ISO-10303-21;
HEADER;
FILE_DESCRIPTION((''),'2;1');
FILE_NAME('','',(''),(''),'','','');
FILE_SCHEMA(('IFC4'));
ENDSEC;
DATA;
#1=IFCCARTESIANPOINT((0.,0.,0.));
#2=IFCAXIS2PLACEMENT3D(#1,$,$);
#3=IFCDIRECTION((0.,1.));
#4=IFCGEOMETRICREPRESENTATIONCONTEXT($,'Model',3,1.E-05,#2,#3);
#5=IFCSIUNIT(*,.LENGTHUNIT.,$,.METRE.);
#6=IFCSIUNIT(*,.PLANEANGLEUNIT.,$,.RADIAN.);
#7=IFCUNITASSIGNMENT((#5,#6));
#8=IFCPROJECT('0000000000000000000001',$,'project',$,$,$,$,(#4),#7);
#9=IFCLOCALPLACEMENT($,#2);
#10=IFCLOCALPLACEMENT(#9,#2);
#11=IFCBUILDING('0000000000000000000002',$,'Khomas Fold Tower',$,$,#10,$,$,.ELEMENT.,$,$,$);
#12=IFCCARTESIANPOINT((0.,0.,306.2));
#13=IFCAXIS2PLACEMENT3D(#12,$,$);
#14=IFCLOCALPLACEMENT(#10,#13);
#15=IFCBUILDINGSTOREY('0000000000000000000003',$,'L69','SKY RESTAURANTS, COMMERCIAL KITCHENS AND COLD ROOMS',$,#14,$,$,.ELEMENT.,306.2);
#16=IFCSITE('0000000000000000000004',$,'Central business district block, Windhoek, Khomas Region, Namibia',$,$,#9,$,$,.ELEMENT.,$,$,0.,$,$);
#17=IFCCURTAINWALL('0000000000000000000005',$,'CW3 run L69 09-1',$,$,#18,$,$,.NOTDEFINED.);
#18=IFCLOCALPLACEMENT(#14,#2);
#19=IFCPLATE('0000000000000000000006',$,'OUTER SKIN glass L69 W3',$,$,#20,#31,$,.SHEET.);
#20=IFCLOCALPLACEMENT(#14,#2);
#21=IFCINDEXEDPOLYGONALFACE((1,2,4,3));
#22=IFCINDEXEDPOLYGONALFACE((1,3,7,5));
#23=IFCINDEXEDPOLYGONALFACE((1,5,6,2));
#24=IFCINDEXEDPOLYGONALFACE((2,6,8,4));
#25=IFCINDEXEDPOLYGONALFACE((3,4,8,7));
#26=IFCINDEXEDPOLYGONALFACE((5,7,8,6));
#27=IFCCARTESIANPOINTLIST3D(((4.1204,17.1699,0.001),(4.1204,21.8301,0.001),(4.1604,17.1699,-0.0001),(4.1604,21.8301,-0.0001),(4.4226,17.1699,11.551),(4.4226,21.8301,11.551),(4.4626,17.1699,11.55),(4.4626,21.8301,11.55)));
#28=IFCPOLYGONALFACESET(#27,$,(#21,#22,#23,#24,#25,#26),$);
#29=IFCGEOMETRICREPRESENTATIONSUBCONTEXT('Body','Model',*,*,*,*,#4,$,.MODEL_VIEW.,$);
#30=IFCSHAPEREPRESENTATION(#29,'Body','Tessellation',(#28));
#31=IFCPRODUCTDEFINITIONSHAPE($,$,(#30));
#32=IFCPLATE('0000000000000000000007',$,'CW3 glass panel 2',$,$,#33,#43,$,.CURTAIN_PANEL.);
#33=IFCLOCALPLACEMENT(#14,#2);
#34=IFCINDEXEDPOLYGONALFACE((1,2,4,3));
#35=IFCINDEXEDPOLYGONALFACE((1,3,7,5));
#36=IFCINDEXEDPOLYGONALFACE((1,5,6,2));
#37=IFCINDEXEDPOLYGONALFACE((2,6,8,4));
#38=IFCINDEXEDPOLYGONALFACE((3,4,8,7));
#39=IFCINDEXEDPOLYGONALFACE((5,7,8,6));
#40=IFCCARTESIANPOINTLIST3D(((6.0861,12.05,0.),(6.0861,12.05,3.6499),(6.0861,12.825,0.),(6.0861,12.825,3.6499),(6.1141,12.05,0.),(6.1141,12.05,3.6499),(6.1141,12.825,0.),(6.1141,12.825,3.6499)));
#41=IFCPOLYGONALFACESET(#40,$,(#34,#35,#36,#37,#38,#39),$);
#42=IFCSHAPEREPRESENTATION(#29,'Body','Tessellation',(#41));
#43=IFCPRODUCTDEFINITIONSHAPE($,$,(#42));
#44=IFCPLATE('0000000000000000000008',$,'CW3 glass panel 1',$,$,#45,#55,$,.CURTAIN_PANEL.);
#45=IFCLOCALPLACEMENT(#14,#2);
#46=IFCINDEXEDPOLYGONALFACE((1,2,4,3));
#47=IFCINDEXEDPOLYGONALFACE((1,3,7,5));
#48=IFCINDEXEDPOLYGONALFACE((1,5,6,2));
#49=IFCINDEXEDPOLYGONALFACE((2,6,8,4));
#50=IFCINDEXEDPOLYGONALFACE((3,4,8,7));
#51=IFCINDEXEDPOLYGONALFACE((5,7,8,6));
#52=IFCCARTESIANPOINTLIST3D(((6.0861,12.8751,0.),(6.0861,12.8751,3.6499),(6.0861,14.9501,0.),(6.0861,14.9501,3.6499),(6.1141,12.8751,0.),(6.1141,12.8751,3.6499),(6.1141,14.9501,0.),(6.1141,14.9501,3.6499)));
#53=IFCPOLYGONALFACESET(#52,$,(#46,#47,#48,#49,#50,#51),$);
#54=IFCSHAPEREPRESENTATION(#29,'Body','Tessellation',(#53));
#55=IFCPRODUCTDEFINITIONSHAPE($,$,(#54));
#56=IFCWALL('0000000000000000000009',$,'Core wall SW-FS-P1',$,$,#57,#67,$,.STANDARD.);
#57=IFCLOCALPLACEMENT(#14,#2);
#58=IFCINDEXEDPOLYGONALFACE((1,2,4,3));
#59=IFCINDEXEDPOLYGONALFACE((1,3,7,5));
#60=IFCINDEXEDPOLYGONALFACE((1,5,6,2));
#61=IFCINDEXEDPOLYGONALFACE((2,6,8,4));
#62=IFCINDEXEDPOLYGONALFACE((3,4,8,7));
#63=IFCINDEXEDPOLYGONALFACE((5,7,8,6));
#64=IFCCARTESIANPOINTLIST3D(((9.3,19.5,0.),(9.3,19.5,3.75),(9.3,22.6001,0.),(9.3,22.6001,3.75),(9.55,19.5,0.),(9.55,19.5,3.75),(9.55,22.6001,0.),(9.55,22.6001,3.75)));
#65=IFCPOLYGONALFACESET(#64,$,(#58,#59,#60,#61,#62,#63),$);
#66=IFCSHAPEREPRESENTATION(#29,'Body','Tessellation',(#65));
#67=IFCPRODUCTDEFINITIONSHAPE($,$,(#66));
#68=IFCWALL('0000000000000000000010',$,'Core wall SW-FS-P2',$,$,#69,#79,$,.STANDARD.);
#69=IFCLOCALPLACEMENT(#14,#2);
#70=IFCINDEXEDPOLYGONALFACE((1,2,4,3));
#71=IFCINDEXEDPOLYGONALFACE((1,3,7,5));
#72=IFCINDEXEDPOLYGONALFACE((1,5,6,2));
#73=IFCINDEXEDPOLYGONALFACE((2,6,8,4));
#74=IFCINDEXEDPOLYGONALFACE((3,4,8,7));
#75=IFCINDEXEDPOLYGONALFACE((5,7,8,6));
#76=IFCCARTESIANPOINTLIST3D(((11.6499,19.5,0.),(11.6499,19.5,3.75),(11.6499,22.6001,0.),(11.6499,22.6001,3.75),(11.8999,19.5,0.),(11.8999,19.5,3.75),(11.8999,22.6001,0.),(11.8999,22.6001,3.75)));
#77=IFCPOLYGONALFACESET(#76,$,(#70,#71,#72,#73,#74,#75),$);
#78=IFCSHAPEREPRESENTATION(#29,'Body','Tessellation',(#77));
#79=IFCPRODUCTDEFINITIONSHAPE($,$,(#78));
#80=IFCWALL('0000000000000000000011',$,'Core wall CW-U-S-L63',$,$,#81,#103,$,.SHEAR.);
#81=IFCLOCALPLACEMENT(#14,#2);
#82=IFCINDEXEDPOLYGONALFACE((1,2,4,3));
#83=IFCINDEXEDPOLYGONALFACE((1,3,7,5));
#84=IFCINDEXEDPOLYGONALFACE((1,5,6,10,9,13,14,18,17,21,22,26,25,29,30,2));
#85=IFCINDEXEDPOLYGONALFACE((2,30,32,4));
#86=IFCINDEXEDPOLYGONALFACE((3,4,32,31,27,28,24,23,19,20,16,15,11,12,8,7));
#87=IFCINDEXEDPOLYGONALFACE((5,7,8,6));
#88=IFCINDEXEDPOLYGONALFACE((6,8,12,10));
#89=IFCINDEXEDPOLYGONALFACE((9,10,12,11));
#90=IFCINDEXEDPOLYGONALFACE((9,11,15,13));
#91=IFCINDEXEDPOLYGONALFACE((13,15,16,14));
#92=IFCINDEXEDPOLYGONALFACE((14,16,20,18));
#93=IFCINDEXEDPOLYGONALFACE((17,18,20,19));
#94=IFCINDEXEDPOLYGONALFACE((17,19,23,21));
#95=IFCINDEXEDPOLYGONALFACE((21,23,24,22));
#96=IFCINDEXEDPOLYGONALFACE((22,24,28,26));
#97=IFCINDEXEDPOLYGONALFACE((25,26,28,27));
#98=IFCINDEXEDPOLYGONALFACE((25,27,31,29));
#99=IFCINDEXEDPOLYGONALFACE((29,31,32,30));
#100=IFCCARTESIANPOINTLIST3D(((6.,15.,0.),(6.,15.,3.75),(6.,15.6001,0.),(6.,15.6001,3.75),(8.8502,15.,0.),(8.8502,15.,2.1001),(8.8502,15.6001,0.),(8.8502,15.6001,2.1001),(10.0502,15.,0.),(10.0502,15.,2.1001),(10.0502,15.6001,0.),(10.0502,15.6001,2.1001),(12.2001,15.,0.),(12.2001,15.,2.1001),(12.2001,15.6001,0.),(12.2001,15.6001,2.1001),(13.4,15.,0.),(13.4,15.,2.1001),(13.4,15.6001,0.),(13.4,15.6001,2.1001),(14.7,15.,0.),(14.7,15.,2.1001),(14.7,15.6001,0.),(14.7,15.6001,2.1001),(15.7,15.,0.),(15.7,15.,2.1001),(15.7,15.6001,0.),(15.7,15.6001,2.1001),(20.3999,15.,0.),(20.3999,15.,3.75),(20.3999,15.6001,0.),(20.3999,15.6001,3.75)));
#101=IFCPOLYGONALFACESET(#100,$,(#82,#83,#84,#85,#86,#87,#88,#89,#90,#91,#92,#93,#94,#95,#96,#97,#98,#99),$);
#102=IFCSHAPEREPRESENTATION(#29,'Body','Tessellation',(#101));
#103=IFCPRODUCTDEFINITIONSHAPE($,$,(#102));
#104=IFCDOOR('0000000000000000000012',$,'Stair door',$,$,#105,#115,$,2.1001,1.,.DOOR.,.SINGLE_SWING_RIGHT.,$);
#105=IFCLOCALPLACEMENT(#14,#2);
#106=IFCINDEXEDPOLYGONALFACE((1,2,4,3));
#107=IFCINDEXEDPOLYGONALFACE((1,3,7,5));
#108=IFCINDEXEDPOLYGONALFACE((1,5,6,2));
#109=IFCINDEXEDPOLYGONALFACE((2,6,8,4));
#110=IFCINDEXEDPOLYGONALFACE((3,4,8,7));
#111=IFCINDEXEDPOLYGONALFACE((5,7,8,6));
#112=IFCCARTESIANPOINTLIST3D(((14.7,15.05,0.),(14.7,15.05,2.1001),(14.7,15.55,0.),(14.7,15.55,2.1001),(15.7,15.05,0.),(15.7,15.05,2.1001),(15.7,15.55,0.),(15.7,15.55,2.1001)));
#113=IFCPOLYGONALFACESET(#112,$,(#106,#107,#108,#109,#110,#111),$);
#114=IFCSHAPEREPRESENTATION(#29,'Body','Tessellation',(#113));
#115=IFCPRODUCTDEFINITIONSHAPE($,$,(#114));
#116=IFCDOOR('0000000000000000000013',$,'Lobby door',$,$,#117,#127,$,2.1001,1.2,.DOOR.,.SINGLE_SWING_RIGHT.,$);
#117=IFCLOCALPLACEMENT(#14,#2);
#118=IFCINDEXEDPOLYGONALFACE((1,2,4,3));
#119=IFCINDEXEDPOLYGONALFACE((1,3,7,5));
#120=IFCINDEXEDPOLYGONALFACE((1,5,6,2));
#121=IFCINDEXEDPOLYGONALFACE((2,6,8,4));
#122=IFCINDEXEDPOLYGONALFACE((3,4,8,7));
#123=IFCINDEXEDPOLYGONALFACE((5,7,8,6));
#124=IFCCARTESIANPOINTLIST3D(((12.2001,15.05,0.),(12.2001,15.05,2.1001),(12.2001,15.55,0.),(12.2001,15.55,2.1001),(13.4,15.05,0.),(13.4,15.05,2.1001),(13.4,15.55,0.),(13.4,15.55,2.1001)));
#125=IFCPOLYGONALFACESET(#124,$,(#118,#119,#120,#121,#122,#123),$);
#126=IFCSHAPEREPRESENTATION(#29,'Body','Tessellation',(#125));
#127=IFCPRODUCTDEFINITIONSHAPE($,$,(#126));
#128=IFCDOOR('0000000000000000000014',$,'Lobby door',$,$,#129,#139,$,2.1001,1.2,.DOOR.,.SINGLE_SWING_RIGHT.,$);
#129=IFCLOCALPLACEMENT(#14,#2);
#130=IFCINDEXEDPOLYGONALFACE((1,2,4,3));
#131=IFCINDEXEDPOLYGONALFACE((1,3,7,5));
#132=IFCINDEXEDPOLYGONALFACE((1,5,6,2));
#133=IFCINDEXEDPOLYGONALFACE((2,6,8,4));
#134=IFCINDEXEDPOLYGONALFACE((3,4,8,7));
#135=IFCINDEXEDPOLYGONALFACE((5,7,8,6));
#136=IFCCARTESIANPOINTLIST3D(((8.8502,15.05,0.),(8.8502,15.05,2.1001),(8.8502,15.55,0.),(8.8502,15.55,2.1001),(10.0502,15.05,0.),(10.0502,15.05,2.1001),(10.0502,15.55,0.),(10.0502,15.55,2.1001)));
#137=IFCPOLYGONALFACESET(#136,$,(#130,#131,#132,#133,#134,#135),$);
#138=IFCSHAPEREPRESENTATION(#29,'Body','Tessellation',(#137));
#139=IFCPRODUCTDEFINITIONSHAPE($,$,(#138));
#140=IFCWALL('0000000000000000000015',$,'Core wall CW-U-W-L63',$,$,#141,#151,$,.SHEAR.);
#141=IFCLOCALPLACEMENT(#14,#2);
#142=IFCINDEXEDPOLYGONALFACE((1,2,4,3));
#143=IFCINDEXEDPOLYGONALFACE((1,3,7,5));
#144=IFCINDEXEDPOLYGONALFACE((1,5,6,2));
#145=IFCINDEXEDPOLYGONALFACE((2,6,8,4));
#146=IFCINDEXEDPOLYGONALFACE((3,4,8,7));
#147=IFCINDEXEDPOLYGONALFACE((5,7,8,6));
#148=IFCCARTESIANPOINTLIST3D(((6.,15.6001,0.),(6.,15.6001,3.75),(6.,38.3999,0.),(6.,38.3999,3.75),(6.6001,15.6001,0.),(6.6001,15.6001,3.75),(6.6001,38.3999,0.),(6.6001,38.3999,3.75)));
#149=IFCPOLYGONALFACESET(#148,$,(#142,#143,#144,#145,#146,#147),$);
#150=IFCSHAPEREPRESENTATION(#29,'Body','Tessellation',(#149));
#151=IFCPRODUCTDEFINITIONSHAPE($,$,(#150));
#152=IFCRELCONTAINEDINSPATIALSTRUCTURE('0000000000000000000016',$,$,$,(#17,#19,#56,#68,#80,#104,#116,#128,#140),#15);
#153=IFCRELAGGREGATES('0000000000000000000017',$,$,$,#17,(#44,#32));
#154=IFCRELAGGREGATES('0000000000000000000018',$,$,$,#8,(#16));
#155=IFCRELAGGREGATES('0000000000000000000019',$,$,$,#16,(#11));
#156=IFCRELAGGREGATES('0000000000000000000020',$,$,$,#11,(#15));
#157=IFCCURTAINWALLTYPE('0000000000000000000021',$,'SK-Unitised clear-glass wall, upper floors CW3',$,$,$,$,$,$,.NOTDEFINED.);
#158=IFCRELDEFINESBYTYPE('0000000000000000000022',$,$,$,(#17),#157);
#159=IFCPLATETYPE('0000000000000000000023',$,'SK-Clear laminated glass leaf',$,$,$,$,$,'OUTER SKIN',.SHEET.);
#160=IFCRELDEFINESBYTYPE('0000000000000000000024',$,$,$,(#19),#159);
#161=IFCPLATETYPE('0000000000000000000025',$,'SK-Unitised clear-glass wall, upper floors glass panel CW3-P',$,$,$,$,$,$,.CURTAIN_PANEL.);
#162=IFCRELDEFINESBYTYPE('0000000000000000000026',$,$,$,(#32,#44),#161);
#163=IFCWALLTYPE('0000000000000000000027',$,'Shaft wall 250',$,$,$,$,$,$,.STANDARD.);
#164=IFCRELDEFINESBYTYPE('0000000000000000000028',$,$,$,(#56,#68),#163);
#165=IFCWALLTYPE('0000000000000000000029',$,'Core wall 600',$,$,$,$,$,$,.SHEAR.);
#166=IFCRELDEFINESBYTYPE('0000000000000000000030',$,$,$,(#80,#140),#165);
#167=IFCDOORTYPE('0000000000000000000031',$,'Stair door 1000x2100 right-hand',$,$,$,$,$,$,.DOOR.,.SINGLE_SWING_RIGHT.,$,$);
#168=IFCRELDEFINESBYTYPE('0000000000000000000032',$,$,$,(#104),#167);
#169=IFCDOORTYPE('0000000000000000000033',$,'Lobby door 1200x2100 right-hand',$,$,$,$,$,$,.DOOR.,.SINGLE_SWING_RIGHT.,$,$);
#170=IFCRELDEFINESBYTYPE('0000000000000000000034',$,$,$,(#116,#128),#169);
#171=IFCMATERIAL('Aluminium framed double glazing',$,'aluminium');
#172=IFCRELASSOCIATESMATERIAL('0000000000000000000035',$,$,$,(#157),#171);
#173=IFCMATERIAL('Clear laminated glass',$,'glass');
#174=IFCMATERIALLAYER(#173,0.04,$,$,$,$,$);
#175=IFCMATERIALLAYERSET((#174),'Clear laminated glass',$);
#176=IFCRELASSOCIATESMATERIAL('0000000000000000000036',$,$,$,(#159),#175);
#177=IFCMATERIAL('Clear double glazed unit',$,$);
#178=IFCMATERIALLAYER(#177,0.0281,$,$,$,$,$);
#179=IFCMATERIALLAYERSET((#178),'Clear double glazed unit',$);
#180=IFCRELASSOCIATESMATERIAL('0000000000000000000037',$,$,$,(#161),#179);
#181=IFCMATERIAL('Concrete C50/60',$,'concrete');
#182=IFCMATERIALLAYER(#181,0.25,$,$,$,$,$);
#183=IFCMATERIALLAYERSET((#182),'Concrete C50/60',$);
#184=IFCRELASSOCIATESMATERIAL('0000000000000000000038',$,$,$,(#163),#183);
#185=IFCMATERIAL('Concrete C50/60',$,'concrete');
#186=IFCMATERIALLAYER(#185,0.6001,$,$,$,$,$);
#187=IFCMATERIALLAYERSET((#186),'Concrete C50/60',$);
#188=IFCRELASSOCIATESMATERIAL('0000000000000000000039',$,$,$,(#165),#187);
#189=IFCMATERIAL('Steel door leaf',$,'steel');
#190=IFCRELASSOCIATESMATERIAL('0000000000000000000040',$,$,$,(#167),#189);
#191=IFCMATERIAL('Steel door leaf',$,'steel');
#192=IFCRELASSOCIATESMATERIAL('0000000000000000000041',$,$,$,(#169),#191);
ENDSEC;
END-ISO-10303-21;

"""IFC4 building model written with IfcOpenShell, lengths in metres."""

from ifc_helpers import new_model, si_unit, direction, frame, frame_2d, origin, origin_2d, place, context, subcontext, project, spatial, polyline, rectangle, outline, extrude, source, transform, mapped, material, layer, layer_set, type_object, element, fill, aggregate, save


model = new_model("IFC4")

# Units and contexts
model_context = context("Model", 3, precision=1e-05, world=origin(), true_north=direction((0.0, 1.0)))
body_context = subcontext(model_context, "Body", "Model", "MODEL_VIEW")
ifc_project = project(units=[si_unit("LENGTHUNIT", "METRE"), si_unit("PLANEANGLEUNIT", "RADIAN")], contexts=[model_context])

# Site, building, storey
site_placement = place(None, origin())
site = spatial("IfcSite", under=ifc_project, at=site_placement, Name="Central business district block, Windhoek, Khomas Region, Namibia", CompositionType="ELEMENT", RefElevation=0.0)
building_placement = place(site_placement, origin())
building = spatial("IfcBuilding", under=site, at=building_placement, Name="Khomas Fold Tower", CompositionType="ELEMENT")
storey_placement = place(building_placement, frame((0.0, 0.0, 306.2)))
storey = spatial("IfcBuildingStorey", under=building, at=storey_placement, Name="L69", Description="SKY RESTAURANTS, COMMERCIAL KITCHENS AND COLD ROOMS", CompositionType="ELEMENT", Elevation=306.2)

# Curtain wall
ifc_material_1 = material(Name="Aluminium framed double glazing", Category="aluminium")
curtain_wall_type = type_object("IfcCurtainWallType", Name="SK-Unitised clear-glass wall, upper floors CW3", PredefinedType="NOTDEFINED", material=ifc_material_1)
curtain_wall_1_placement = place(storey_placement, origin())
curtain_wall_1 = element("IfcCurtainWall", 1, at=curtain_wall_1_placement, inside=storey, type_object=curtain_wall_type, Name="CW3 run L69 09-1", PredefinedType="NOTDEFINED")

# Plate
ifc_material_2 = material(Name="Clear laminated glass", Category="glass")
ifc_layer_1 = layer(ifc_material_2, 0.04)
ifc_layer_set_1 = layer_set([ifc_layer_1], Name="Clear laminated glass")
plate_type_1 = type_object("IfcPlateType", Name="SK-Clear laminated glass leaf", ElementType="OUTER SKIN", PredefinedType="SHEET", material=ifc_layer_set_1)
plate_1_placement = place(storey_placement, frame((4.1204, 17.1699, 0.001), z_axis=(-0.999658, 0.0, 0.026159), x_axis=(0.0, 1.0, 0.0)))
element("IfcPlate", 2, at=plate_1_placement, inside=storey, type_object=plate_type_1, Name="OUTER SKIN glass L69 W3", PredefinedType="SHEET", context=body_context, shape_type="SweptSolid", body=[
    extrude(outline(polyline([(0.0, 0.0), (4.6602, 0.0), (4.6602, -11.554), (0.0, -11.554), (0.0, 0.0)])), origin(), (0.0, 0.0, -1.0), 0.04),
])

# Plates
ifc_material_3 = material(Name="Clear double glazed unit")
ifc_layer_2 = layer(ifc_material_3, 0.0281)
ifc_layer_set_2 = layer_set([ifc_layer_2], Name="Clear double glazed unit")
plate_type_2 = type_object("IfcPlateType", Name="SK-Unitised clear-glass wall, upper floors glass panel CW3-P", PredefinedType="CURTAIN_PANEL", material=ifc_layer_set_2)
shared_shape_1 = source(origin(), body_context, "Body", "SweptSolid", [
    extrude(rectangle(XDim=0.7749, YDim=0.0281, at=origin_2d()), origin(), (0.0, 0.0, 1.0), 3.6499),
])
plate_2_placement = place(storey_placement, frame((6.1001, 12.4375, 0.0), z_axis=(0.0, 0.0, 1.0), x_axis=(0.0, -1.0, 0.0)))
plate_2 = element("IfcPlate", 3, at=plate_2_placement, type_object=plate_type_2, Name="CW3 glass panel 2", PredefinedType="CURTAIN_PANEL", context=body_context, shape_type="MappedRepresentation", body=[
    mapped(shared_shape_1, transform((0.0, 0.0, 0.0))),
])
shared_shape_2 = source(origin(), body_context, "Body", "SweptSolid", [
    extrude(rectangle(XDim=2.075, YDim=0.0281, at=origin_2d()), origin(), (0.0, 0.0, 1.0), 3.6499),
])
plate_3_placement = place(storey_placement, frame((6.1001, 13.9126, 0.0), z_axis=(0.0, 0.0, 1.0), x_axis=(0.0, -1.0, 0.0)))
plate_3 = element("IfcPlate", 4, at=plate_3_placement, type_object=plate_type_2, Name="CW3 glass panel 1", PredefinedType="CURTAIN_PANEL", context=body_context, shape_type="MappedRepresentation", body=[
    mapped(shared_shape_2, transform((0.0, 0.0, 0.0))),
])
aggregate(curtain_wall_1, [plate_3, plate_2])

# Walls
ifc_material_4 = material(Name="Concrete C50/60", Category="concrete")
ifc_layer_3 = layer(ifc_material_4, 0.25)
ifc_layer_set_3 = layer_set([ifc_layer_3], Name="Concrete C50/60")
wall_type_1 = type_object("IfcWallType", Name="Shaft wall 250", PredefinedType="STANDARD", material=ifc_layer_set_3)
shared_shape_3 = source(origin(), body_context, "Body", "SweptSolid", [
    extrude(rectangle(XDim=3.1001, YDim=0.25, at=frame_2d((1.55, 0.0))), origin(), (0.0, 0.0, 1.0), 3.75),
])
for number, where, z_axis, x_axis, name in (
    (5, (9.425, 19.5, 0.0), (0.0, 0.0, 1.0), (0.0, 1.0, 0.0), "Core wall SW-FS-P1"),
    (6, (11.7749, 19.5, 0.0), (0.0, 0.0, 1.0), (0.0, 1.0, 0.0), "Core wall SW-FS-P2"),
):
    element("IfcWall", number, at=place(storey_placement, frame(where, z_axis=z_axis, x_axis=x_axis)), inside=storey, type_object=wall_type_1, Name=name, PredefinedType="STANDARD", context=body_context, shape_type="MappedRepresentation", body=[
        mapped(shared_shape_3, transform((0.0, 0.0, 0.0))),
    ])

# Wall, openings, doors
ifc_material_5 = material(Name="Concrete C50/60", Category="concrete")
ifc_layer_4 = layer(ifc_material_5, 0.6001)
ifc_layer_set_4 = layer_set([ifc_layer_4], Name="Concrete C50/60")
wall_type_2 = type_object("IfcWallType", Name="Core wall 600", PredefinedType="SHEAR", material=ifc_layer_set_4)
shared_shape_4 = source(origin(), body_context, "Body", "SweptSolid", [
    extrude(rectangle(XDim=14.3999, YDim=0.6001, at=frame_2d((7.2, 0.0))), origin(), (0.0, 0.0, 1.0), 3.75),
])
wall_1_placement = place(storey_placement, frame((6.0, 15.3, 0.0), z_axis=(0.0, 0.0, 1.0), x_axis=(1.0, 0.0, 0.0)))
wall_1 = element("IfcWall", 7, at=wall_1_placement, inside=storey, type_object=wall_type_2, Name="Core wall CW-U-S-L63", PredefinedType="SHEAR", context=body_context, shape_type="MappedRepresentation", body=[
    mapped(shared_shape_4, transform((0.0, 0.0, 0.0))),
])
shared_shape_5 = source(origin(), body_context, "Body", "SweptSolid", [
    extrude(rectangle(XDim=1.2, YDim=2.1001, at=frame_2d((0.6001, 1.05))), frame((0.0, 0.3101, 0.0), z_axis=(0.0, -1.0, 0.0), x_axis=(1.0, 0.0, 0.0)), (0.0, 0.0, 1.0), 0.6201),
])
opening_1_placement = place(wall_1_placement, frame((6.2, 0.0, 0.0)))
opening_1 = element("IfcOpeningElement", 8, at=opening_1_placement, cuts=wall_1, PredefinedType="OPENING", context=body_context, shape_type="MappedRepresentation", body=[
    mapped(shared_shape_5, transform((0.0, 0.0, 0.0))),
])
opening_2_placement = place(wall_1_placement, frame((2.8501, 0.0, 0.0)))
opening_2 = element("IfcOpeningElement", 9, at=opening_2_placement, cuts=wall_1, PredefinedType="OPENING", context=body_context, shape_type="MappedRepresentation", body=[
    mapped(shared_shape_5, transform((0.0, 0.0, 0.0))),
])
shared_shape_6 = source(origin(), body_context, "Body", "SweptSolid", [
    extrude(rectangle(XDim=1.0, YDim=2.1001, at=frame_2d((0.5, 1.05))), frame((0.0, 0.3101, 0.0), z_axis=(0.0, -1.0, 0.0), x_axis=(1.0, 0.0, 0.0)), (0.0, 0.0, 1.0), 0.6201),
])
opening_3_placement = place(wall_1_placement, frame((8.7, 0.0, 0.0)))
opening_3 = element("IfcOpeningElement", 10, at=opening_3_placement, cuts=wall_1, PredefinedType="OPENING", context=body_context, shape_type="MappedRepresentation", body=[
    mapped(shared_shape_6, transform((0.0, 0.0, 0.0))),
])
ifc_material_6 = material(Name="Steel door leaf", Category="steel")
door_type_1 = type_object("IfcDoorType", Name="Stair door 1000x2100 right-hand", OperationType="SINGLE_SWING_RIGHT", PredefinedType="DOOR", material=ifc_material_6)
shared_shape_7 = source(origin(), body_context, "Body", "SweptSolid", [
    extrude(rectangle(XDim=1.0, YDim=2.1001, at=frame_2d((0.5, 1.05))), frame((0.0, 0.25, 0.0), z_axis=(0.0, -1.0, 0.0), x_axis=(1.0, 0.0, 0.0)), (0.0, 0.0, 1.0), 0.5),
])
door_1_placement = place(opening_3_placement, origin())
door_1 = element("IfcDoor", 11, at=door_1_placement, inside=storey, type_object=door_type_1, Name="Stair door", OperationType="SINGLE_SWING_RIGHT", OverallHeight=2.1001, OverallWidth=1.0, PredefinedType="DOOR", context=body_context, shape_type="MappedRepresentation", body=[
    mapped(shared_shape_7, transform((0.0, 0.0, 0.0))),
])
fill(opening_3, door_1)
ifc_material_7 = material(Name="Steel door leaf", Category="steel")
door_type_2 = type_object("IfcDoorType", Name="Lobby door 1200x2100 right-hand", OperationType="SINGLE_SWING_RIGHT", PredefinedType="DOOR", material=ifc_material_7)
shared_shape_8 = source(origin(), body_context, "Body", "SweptSolid", [
    extrude(rectangle(XDim=1.2, YDim=2.1001, at=frame_2d((0.6001, 1.05))), frame((0.0, 0.25, 0.0), z_axis=(0.0, -1.0, 0.0), x_axis=(1.0, 0.0, 0.0)), (0.0, 0.0, 1.0), 0.5),
])
door_2_placement = place(opening_1_placement, origin())
door_2 = element("IfcDoor", 12, at=door_2_placement, inside=storey, type_object=door_type_2, Name="Lobby door", OperationType="SINGLE_SWING_RIGHT", OverallHeight=2.1001, OverallWidth=1.2, PredefinedType="DOOR", context=body_context, shape_type="MappedRepresentation", body=[
    mapped(shared_shape_8, transform((0.0, 0.0, 0.0))),
])
fill(opening_1, door_2)
door_3_placement = place(opening_2_placement, origin())
door_3 = element("IfcDoor", 13, at=door_3_placement, inside=storey, type_object=door_type_2, Name="Lobby door", OperationType="SINGLE_SWING_RIGHT", OverallHeight=2.1001, OverallWidth=1.2, PredefinedType="DOOR", context=body_context, shape_type="MappedRepresentation", body=[
    mapped(shared_shape_8, transform((0.0, 0.0, 0.0))),
])
fill(opening_2, door_3)

# Wall
shared_shape_9 = source(origin(), body_context, "Body", "SweptSolid", [
    extrude(rectangle(XDim=22.7998, YDim=0.6001, at=frame_2d((11.3999, 0.0))), origin(), (0.0, 0.0, 1.0), 3.75),
])
wall_2_placement = place(storey_placement, frame((6.3, 15.6001, 0.0), z_axis=(0.0, 0.0, 1.0), x_axis=(0.0, 1.0, 0.0)))
element("IfcWall", 14, at=wall_2_placement, inside=storey, type_object=wall_type_2, Name="Core wall CW-U-W-L63", PredefinedType="SHEAR", context=body_context, shape_type="MappedRepresentation", body=[
    mapped(shared_shape_9, transform((0.0, 0.0, 0.0))),
])

save(model, "model.ifc")
